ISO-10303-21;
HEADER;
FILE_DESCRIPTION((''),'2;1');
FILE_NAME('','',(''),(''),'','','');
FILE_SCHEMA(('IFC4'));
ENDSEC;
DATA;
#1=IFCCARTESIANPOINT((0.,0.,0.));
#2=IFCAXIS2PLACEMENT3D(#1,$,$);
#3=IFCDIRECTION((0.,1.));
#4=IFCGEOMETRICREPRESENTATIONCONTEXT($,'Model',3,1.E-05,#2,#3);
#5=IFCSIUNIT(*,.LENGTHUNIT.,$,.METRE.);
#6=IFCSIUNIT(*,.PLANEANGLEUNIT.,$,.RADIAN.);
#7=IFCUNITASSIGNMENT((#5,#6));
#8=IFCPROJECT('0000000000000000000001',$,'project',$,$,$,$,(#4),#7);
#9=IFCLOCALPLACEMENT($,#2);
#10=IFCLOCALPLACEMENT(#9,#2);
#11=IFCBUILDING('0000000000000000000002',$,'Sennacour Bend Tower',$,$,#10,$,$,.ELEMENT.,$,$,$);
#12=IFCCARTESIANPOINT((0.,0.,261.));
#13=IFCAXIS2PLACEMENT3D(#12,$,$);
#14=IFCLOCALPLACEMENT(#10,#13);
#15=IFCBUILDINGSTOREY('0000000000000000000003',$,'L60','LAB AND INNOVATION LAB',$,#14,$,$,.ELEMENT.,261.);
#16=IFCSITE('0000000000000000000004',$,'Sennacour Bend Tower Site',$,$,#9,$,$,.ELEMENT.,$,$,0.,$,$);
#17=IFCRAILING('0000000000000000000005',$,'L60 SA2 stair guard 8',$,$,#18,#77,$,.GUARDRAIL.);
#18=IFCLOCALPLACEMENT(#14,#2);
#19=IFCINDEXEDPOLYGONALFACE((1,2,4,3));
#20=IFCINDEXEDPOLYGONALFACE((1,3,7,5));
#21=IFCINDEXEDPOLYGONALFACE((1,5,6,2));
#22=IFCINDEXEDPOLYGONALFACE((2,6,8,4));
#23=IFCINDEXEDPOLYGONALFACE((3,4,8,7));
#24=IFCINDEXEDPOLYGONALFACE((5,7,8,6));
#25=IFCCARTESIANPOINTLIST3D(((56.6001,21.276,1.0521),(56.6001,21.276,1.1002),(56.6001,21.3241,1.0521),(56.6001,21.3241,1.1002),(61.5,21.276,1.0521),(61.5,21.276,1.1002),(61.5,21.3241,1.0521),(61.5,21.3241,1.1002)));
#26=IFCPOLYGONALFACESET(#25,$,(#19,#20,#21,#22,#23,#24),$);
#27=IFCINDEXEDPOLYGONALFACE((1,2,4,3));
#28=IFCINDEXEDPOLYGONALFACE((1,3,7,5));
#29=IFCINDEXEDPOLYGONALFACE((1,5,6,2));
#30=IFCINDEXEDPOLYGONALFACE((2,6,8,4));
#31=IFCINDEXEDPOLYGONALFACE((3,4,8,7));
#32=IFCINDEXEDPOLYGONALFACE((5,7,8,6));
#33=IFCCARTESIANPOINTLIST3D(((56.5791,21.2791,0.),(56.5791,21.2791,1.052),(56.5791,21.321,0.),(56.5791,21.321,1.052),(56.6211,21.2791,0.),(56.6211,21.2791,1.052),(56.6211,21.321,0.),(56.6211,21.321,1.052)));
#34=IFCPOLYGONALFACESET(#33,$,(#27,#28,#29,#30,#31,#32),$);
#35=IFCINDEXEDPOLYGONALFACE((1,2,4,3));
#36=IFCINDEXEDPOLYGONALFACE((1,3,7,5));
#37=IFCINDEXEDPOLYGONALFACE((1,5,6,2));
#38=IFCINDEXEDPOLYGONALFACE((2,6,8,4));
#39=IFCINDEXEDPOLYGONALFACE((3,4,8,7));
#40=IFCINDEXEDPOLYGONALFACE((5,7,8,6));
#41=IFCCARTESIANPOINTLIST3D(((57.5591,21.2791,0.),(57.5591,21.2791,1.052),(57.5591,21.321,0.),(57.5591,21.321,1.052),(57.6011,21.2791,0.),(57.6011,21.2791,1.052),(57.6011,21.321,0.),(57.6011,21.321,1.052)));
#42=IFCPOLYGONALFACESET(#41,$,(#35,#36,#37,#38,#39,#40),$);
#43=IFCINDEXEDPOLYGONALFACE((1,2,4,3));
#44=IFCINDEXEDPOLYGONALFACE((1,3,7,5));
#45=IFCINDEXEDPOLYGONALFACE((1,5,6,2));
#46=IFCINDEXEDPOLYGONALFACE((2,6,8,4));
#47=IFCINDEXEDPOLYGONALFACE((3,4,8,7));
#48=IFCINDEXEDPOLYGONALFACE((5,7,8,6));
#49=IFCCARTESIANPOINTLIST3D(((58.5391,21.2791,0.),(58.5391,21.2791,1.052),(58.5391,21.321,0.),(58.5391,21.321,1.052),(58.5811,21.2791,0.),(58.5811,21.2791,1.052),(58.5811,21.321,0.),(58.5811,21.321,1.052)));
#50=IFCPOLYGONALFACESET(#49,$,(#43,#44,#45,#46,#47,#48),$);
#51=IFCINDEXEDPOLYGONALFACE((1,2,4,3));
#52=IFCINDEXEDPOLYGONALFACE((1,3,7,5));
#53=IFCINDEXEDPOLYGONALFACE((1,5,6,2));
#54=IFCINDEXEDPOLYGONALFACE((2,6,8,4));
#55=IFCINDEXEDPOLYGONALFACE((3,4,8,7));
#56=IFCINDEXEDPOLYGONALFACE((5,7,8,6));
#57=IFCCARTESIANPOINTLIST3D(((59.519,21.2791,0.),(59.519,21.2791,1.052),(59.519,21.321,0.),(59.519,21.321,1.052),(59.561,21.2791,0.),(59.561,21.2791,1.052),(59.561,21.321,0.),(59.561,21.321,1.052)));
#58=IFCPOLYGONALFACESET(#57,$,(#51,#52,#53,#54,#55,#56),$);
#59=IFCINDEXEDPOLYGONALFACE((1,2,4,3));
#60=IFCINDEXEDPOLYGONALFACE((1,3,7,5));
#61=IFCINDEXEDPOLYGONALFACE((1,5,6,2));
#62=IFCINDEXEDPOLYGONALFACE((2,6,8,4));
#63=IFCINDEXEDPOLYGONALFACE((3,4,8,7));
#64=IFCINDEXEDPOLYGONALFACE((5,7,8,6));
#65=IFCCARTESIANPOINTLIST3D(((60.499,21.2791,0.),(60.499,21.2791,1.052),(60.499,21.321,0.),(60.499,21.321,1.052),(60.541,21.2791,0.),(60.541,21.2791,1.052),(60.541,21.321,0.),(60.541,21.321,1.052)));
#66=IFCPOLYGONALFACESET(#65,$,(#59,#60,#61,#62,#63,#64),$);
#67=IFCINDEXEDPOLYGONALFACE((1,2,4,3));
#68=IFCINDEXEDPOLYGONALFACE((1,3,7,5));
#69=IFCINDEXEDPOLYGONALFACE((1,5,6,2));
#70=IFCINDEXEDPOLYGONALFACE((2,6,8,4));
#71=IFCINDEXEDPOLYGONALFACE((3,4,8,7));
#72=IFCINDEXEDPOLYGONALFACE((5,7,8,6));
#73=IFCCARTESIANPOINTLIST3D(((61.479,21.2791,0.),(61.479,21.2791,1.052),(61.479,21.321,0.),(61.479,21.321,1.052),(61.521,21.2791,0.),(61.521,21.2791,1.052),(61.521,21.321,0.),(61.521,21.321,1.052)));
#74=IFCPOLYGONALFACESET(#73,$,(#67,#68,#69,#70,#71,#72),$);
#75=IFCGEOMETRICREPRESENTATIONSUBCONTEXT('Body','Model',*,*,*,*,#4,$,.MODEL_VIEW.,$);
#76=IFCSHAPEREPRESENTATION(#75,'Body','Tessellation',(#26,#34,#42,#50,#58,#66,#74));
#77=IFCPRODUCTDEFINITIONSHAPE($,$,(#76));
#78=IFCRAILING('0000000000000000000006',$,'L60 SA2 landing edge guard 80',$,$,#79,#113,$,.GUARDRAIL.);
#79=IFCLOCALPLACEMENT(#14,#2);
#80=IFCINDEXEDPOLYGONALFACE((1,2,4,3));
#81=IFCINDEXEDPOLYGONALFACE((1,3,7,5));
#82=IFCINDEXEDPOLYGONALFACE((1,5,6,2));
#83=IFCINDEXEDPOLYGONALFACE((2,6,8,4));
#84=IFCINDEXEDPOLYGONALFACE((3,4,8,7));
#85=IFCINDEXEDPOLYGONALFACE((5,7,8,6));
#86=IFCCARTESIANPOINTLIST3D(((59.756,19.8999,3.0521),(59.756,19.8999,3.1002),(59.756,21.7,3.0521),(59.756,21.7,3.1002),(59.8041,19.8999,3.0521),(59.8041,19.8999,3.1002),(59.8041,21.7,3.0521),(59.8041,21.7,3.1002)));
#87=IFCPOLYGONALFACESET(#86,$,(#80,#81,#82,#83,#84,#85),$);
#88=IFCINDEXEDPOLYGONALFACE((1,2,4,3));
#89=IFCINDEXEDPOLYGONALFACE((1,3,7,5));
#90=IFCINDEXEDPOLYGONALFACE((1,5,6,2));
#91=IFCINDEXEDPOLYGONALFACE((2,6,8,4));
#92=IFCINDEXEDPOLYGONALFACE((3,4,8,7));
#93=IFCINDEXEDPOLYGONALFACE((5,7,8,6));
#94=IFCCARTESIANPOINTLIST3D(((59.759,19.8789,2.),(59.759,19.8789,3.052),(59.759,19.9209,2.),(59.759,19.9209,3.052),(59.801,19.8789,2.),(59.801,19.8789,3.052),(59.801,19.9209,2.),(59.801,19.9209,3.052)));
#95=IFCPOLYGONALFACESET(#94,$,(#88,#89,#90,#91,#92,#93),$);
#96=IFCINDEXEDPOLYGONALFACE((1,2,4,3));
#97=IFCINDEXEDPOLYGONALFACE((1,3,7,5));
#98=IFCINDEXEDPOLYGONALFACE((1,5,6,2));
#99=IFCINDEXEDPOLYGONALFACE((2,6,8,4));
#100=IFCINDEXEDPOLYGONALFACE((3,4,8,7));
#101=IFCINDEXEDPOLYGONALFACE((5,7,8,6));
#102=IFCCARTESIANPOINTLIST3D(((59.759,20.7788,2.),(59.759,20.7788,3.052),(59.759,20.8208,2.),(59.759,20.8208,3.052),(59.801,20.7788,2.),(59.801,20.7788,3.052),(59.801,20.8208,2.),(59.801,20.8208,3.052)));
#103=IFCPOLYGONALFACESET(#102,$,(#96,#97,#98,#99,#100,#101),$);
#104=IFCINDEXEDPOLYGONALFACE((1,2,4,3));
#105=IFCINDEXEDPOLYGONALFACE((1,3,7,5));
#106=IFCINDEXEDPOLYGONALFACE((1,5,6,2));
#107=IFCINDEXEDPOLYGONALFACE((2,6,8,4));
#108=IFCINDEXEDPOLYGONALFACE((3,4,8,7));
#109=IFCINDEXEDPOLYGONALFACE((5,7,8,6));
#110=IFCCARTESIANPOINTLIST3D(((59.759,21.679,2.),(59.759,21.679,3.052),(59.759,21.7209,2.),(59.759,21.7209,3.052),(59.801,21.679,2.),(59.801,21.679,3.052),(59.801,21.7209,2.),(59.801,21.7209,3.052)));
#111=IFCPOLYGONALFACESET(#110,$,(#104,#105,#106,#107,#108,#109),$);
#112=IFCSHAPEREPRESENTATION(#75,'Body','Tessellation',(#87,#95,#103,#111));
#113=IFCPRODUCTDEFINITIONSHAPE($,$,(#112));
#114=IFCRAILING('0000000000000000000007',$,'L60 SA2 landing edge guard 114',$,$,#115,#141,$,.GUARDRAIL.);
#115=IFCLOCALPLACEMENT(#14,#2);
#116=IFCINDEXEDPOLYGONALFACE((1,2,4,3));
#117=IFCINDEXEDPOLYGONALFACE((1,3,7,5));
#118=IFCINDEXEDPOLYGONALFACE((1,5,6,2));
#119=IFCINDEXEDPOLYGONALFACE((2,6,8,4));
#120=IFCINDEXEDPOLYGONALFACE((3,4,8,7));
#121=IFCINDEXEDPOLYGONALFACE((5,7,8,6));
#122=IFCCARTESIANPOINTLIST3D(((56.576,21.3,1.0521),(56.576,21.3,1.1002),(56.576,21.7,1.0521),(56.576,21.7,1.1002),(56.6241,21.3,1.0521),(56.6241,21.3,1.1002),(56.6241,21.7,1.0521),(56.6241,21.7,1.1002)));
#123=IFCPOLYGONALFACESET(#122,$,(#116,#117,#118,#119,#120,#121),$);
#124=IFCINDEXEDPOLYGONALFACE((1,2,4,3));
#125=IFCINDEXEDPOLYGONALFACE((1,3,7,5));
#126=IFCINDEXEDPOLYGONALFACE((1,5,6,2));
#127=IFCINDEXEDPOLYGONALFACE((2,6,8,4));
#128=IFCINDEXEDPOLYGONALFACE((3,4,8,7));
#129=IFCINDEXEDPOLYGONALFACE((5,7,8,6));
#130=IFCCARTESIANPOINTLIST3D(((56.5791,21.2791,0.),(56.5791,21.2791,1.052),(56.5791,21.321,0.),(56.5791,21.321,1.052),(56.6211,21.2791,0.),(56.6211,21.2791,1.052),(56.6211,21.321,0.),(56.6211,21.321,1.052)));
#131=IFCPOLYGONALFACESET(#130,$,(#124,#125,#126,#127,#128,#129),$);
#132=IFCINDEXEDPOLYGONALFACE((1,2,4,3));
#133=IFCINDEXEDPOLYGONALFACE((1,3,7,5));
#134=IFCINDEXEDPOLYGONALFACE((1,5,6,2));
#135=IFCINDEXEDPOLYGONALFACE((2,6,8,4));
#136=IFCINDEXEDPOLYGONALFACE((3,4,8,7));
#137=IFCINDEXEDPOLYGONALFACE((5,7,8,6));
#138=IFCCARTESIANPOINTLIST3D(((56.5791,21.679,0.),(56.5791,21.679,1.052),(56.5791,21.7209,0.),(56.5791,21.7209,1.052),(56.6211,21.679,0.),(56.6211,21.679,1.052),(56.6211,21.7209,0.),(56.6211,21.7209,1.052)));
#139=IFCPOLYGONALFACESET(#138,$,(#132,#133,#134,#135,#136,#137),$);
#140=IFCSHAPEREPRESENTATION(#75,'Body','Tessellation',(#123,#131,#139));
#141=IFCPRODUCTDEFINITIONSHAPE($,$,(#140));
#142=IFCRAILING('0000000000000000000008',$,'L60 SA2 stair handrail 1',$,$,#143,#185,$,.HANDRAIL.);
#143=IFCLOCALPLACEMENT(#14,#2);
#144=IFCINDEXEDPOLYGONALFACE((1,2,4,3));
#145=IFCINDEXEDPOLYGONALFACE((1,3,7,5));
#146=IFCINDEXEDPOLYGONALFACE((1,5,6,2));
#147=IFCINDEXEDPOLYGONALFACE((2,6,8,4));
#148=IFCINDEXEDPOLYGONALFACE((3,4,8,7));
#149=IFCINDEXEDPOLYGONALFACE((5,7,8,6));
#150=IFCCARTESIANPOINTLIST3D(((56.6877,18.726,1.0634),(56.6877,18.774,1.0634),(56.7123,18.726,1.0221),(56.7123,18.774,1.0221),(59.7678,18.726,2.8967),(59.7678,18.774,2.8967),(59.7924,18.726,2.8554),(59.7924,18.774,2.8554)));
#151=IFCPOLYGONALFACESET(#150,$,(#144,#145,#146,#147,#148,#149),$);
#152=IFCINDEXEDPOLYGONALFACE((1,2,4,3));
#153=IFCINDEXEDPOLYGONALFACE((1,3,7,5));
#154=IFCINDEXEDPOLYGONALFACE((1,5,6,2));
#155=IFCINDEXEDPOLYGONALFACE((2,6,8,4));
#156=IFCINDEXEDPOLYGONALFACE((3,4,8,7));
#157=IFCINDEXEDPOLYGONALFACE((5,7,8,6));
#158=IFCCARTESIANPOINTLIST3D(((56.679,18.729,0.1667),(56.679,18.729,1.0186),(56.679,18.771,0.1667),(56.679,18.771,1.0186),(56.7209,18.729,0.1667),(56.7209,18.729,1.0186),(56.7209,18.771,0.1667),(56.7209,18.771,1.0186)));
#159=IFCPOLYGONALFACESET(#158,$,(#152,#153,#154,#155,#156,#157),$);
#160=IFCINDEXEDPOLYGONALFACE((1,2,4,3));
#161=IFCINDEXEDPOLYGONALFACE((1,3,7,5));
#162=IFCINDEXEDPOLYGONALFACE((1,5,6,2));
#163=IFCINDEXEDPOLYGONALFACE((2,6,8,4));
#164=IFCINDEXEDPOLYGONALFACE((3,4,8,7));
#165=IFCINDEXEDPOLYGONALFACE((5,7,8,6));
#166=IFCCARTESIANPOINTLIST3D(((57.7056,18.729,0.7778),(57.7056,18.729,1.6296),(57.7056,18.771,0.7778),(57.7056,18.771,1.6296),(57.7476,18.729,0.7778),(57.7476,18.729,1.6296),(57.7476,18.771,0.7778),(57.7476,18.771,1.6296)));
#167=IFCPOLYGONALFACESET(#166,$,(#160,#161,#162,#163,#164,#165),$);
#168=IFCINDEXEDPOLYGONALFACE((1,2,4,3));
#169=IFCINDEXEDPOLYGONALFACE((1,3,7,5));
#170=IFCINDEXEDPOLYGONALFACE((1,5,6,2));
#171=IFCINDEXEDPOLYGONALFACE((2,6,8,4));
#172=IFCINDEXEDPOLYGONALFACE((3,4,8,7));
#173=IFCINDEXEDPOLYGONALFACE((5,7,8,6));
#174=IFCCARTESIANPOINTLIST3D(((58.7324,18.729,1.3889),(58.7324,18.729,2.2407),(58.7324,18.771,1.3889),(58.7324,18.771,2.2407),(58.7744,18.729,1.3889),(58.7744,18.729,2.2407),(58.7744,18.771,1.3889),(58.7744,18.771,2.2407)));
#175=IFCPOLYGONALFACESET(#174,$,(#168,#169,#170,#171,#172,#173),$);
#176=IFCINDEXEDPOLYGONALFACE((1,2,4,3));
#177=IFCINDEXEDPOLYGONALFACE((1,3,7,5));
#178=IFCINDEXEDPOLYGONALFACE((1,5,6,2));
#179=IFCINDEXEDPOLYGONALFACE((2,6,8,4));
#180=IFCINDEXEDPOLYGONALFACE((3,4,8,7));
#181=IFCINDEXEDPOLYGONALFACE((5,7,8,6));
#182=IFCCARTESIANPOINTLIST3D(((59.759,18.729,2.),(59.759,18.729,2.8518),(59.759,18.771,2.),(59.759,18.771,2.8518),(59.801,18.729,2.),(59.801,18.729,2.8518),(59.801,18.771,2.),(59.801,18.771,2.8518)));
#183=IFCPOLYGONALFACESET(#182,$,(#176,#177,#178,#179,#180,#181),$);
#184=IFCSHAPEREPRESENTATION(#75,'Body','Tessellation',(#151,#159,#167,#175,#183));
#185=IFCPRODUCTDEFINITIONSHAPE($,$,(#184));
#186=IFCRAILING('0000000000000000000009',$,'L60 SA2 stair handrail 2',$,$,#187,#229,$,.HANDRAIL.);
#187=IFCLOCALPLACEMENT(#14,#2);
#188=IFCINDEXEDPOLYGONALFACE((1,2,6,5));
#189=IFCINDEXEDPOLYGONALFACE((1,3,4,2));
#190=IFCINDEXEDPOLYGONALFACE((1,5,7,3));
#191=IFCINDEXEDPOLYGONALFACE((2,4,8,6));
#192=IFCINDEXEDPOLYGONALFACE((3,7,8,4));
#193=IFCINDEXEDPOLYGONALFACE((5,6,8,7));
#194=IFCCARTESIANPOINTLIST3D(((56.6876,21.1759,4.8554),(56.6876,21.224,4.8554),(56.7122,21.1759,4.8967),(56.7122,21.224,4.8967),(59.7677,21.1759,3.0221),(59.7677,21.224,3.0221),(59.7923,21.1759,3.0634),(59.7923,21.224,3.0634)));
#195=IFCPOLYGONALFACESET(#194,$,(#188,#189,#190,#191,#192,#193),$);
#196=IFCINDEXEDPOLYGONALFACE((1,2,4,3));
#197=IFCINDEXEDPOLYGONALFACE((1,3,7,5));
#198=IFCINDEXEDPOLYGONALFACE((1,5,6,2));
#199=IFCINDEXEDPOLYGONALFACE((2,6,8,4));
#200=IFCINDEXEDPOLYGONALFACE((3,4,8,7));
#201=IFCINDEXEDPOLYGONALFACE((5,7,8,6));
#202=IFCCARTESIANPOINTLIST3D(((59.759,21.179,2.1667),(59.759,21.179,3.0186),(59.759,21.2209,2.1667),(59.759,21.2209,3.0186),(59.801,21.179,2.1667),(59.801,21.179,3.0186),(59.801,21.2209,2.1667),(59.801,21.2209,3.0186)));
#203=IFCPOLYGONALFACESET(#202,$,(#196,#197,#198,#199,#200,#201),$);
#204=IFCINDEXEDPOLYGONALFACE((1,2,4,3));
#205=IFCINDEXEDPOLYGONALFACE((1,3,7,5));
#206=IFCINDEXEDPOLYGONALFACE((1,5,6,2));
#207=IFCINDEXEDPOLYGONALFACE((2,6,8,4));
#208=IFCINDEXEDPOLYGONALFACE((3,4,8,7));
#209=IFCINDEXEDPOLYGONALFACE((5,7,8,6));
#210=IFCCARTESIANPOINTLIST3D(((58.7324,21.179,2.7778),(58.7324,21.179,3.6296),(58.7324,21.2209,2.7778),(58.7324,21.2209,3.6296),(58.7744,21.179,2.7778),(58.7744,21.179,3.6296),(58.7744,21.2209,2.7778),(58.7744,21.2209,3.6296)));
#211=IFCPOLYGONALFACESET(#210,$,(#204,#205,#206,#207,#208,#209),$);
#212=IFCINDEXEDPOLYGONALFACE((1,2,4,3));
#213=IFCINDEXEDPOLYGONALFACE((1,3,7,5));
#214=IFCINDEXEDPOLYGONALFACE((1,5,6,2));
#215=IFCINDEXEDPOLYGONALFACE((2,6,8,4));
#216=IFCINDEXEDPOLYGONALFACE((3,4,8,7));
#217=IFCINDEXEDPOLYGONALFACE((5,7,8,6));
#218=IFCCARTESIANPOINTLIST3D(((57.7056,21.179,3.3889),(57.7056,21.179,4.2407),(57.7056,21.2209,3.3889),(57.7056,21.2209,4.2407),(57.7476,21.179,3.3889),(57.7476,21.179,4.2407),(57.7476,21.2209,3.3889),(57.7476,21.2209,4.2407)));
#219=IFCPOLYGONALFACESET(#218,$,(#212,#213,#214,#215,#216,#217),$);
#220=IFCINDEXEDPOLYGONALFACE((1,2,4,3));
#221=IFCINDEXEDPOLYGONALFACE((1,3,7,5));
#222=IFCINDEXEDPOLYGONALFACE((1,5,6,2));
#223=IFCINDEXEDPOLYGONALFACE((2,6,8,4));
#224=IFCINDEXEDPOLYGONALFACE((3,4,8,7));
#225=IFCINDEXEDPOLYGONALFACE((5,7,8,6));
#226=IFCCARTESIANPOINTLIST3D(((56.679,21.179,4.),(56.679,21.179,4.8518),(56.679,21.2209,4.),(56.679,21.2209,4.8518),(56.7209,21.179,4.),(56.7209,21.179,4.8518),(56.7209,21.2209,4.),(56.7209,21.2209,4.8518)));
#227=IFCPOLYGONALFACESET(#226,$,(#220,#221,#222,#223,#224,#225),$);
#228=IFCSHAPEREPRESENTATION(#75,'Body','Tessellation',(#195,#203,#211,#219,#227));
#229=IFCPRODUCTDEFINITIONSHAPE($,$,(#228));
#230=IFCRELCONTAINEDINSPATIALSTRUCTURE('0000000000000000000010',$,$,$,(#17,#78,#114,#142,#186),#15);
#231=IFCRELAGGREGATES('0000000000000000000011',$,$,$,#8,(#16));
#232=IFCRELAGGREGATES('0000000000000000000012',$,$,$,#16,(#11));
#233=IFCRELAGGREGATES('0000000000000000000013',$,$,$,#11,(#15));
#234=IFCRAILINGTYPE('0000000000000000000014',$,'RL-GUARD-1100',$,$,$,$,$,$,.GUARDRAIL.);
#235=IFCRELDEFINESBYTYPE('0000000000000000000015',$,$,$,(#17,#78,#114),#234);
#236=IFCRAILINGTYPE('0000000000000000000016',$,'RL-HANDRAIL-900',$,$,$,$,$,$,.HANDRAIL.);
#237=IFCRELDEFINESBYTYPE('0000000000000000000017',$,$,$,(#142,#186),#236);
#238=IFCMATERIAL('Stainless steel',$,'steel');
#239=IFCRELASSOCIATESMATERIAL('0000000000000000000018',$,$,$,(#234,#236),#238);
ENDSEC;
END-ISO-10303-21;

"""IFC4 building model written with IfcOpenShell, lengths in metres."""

from ifc_helpers import new_model, si_unit, direction, frame, origin, origin_2d, place, context, subcontext, project, spatial, rectangle, extrude, material, type_object, element, save


model = new_model("IFC4")

# Units and contexts
model_context = context("Model", 3, precision=1e-05, world=origin(), true_north=direction((0.0, 1.0)))
body_context = subcontext(model_context, "Body", "Model", "MODEL_VIEW")
ifc_project = project(units=[si_unit("LENGTHUNIT", "METRE"), si_unit("PLANEANGLEUNIT", "RADIAN")], contexts=[model_context])

# Site, building, storey
site_placement = place(None, origin())
site = spatial("IfcSite", under=ifc_project, at=site_placement, Name="Sennacour Bend Tower Site", CompositionType="ELEMENT", RefElevation=0.0)
building_placement = place(site_placement, origin())
building = spatial("IfcBuilding", under=site, at=building_placement, Name="Sennacour Bend Tower", CompositionType="ELEMENT")
storey_placement = place(building_placement, frame((0.0, 0.0, 261.0)))
storey = spatial("IfcBuildingStorey", under=building, at=storey_placement, Name="L60", Description="LAB AND INNOVATION LAB", CompositionType="ELEMENT", Elevation=261.0)

# Railings
ifc_material_1 = material(Name="Stainless steel", Category="steel")
railing_type_1 = type_object("IfcRailingType", Name="RL-GUARD-1100", PredefinedType="GUARDRAIL", material=ifc_material_1)
railing_1_placement = place(storey_placement, frame((56.6001, 21.3, 0.0)))
element("IfcRailing", 1, at=railing_1_placement, inside=storey, type_object=railing_type_1, Name="L60 SA2 stair guard 8", PredefinedType="GUARDRAIL", context=body_context, shape_type="SweptSolid", body=[
    extrude(rectangle(XDim=0.0481, YDim=0.0481, at=origin_2d()), frame((0.0, 0.0, 1.0762), z_axis=(1.0, 0.0, 0.0), x_axis=(0.0, 1.0, 0.0)), (0.0, 0.0, 1.0), 4.8999),
    extrude(rectangle(XDim=0.042, YDim=0.042, at=origin_2d()), origin(), (0.0, 0.0, 1.0), 1.052),
    extrude(rectangle(XDim=0.042, YDim=0.042, at=origin_2d()), frame((0.98, 0.0, 0.0)), (0.0, 0.0, 1.0), 1.052),
    extrude(rectangle(XDim=0.042, YDim=0.042, at=origin_2d()), frame((1.96, 0.0, 0.0)), (0.0, 0.0, 1.0), 1.052),
    extrude(rectangle(XDim=0.042, YDim=0.042, at=origin_2d()), frame((2.9399, 0.0, 0.0)), (0.0, 0.0, 1.0), 1.052),
    extrude(rectangle(XDim=0.042, YDim=0.042, at=origin_2d()), frame((3.9199, 0.0, 0.0)), (0.0, 0.0, 1.0), 1.052),
    extrude(rectangle(XDim=0.042, YDim=0.042, at=origin_2d()), frame((4.8999, 0.0, 0.0)), (0.0, 0.0, 1.0), 1.052),
])
railing_2_placement = place(storey_placement, frame((59.78, 19.8999, 2.0)))
element("IfcRailing", 2, at=railing_2_placement, inside=storey, type_object=railing_type_1, Name="L60 SA2 landing edge guard 80", PredefinedType="GUARDRAIL", context=body_context, shape_type="SweptSolid", body=[
    extrude(rectangle(XDim=0.0481, YDim=0.0481, at=origin_2d()), frame((0.0, 0.0, 1.0762), z_axis=(0.0, 1.0, 0.0), x_axis=(-1.0, 0.0, 0.0)), (0.0, 0.0, 1.0), 1.8),
    extrude(rectangle(XDim=0.042, YDim=0.042, at=origin_2d()), origin(), (0.0, 0.0, 1.0), 1.052),
    extrude(rectangle(XDim=0.042, YDim=0.042, at=origin_2d()), frame((0.0, 0.8999, 0.0)), (0.0, 0.0, 1.0), 1.052),
    extrude(rectangle(XDim=0.042, YDim=0.042, at=origin_2d()), frame((0.0, 1.8, 0.0)), (0.0, 0.0, 1.0), 1.052),
])
railing_3_placement = place(storey_placement, frame((56.6001, 21.3, 0.0)))
element("IfcRailing", 3, at=railing_3_placement, inside=storey, type_object=railing_type_1, Name="L60 SA2 landing edge guard 114", PredefinedType="GUARDRAIL", context=body_context, shape_type="SweptSolid", body=[
    extrude(rectangle(XDim=0.0481, YDim=0.0481, at=origin_2d()), frame((0.0, 0.0, 1.0762), z_axis=(0.0, 1.0, 0.0), x_axis=(-1.0, 0.0, 0.0)), (0.0, 0.0, 1.0), 0.3999),
    extrude(rectangle(XDim=0.042, YDim=0.042, at=origin_2d()), origin(), (0.0, 0.0, 1.0), 1.052),
    extrude(rectangle(XDim=0.042, YDim=0.042, at=origin_2d()), frame((0.0, 0.3999, 0.0)), (0.0, 0.0, 1.0), 1.052),
])
railing_type_2 = type_object("IfcRailingType", Name="RL-HANDRAIL-900", PredefinedType="HANDRAIL", material=ifc_material_1)
railing_4_placement = place(storey_placement, frame((56.7, 18.75, 0.1667)))
element("IfcRailing", 4, at=railing_4_placement, inside=storey, type_object=railing_type_2, Name="L60 SA2 stair handrail 1", PredefinedType="HANDRAIL", context=body_context, shape_type="SweptSolid", body=[
    extrude(rectangle(XDim=0.0481, YDim=0.0481, at=origin_2d()), frame((0.0, 0.0, 0.876), z_axis=(0.859309, 0.0, 0.511458), x_axis=(0.0, 1.0, 0.0)), (0.0, 0.0, 1.0), 3.5845),
    extrude(rectangle(XDim=0.042, YDim=0.042, at=origin_2d()), origin(), (0.0, 0.0, 1.0), 0.8518),
    extrude(rectangle(XDim=0.042, YDim=0.042, at=origin_2d()), frame((1.0266, 0.0, 0.6111)), (0.0, 0.0, 1.0), 0.8518),
    extrude(rectangle(XDim=0.042, YDim=0.042, at=origin_2d()), frame((2.0535, 0.0, 1.2222)), (0.0, 0.0, 1.0), 0.8518),
    extrude(rectangle(XDim=0.042, YDim=0.042, at=origin_2d()), frame((3.0801, 0.0, 1.8333)), (0.0, 0.0, 1.0), 0.8518),
])
railing_5_placement = place(storey_placement, frame((59.78, 21.2, 2.1667)))
element("IfcRailing", 5, at=railing_5_placement, inside=storey, type_object=railing_type_2, Name="L60 SA2 stair handrail 2", PredefinedType="HANDRAIL", context=body_context, shape_type="SweptSolid", body=[
    extrude(rectangle(XDim=0.0481, YDim=0.0481, at=origin_2d()), frame((0.0, 0.0, 0.876), z_axis=(-0.859309, 0.0, 0.511458), x_axis=(0.0, -1.0, 0.0)), (0.0, 0.0, 1.0), 3.5845),
    extrude(rectangle(XDim=0.042, YDim=0.042, at=origin_2d()), origin(), (0.0, 0.0, 1.0), 0.8518),
    extrude(rectangle(XDim=0.042, YDim=0.042, at=origin_2d()), frame((-1.0266, 0.0, 0.6111)), (0.0, 0.0, 1.0), 0.8518),
    extrude(rectangle(XDim=0.042, YDim=0.042, at=origin_2d()), frame((-2.0535, 0.0, 1.2222)), (0.0, 0.0, 1.0), 0.8518),
    extrude(rectangle(XDim=0.042, YDim=0.042, at=origin_2d()), frame((-3.0801, 0.0, 1.8333)), (0.0, 0.0, 1.0), 0.8518),
])

save(model, "model.ifc")
